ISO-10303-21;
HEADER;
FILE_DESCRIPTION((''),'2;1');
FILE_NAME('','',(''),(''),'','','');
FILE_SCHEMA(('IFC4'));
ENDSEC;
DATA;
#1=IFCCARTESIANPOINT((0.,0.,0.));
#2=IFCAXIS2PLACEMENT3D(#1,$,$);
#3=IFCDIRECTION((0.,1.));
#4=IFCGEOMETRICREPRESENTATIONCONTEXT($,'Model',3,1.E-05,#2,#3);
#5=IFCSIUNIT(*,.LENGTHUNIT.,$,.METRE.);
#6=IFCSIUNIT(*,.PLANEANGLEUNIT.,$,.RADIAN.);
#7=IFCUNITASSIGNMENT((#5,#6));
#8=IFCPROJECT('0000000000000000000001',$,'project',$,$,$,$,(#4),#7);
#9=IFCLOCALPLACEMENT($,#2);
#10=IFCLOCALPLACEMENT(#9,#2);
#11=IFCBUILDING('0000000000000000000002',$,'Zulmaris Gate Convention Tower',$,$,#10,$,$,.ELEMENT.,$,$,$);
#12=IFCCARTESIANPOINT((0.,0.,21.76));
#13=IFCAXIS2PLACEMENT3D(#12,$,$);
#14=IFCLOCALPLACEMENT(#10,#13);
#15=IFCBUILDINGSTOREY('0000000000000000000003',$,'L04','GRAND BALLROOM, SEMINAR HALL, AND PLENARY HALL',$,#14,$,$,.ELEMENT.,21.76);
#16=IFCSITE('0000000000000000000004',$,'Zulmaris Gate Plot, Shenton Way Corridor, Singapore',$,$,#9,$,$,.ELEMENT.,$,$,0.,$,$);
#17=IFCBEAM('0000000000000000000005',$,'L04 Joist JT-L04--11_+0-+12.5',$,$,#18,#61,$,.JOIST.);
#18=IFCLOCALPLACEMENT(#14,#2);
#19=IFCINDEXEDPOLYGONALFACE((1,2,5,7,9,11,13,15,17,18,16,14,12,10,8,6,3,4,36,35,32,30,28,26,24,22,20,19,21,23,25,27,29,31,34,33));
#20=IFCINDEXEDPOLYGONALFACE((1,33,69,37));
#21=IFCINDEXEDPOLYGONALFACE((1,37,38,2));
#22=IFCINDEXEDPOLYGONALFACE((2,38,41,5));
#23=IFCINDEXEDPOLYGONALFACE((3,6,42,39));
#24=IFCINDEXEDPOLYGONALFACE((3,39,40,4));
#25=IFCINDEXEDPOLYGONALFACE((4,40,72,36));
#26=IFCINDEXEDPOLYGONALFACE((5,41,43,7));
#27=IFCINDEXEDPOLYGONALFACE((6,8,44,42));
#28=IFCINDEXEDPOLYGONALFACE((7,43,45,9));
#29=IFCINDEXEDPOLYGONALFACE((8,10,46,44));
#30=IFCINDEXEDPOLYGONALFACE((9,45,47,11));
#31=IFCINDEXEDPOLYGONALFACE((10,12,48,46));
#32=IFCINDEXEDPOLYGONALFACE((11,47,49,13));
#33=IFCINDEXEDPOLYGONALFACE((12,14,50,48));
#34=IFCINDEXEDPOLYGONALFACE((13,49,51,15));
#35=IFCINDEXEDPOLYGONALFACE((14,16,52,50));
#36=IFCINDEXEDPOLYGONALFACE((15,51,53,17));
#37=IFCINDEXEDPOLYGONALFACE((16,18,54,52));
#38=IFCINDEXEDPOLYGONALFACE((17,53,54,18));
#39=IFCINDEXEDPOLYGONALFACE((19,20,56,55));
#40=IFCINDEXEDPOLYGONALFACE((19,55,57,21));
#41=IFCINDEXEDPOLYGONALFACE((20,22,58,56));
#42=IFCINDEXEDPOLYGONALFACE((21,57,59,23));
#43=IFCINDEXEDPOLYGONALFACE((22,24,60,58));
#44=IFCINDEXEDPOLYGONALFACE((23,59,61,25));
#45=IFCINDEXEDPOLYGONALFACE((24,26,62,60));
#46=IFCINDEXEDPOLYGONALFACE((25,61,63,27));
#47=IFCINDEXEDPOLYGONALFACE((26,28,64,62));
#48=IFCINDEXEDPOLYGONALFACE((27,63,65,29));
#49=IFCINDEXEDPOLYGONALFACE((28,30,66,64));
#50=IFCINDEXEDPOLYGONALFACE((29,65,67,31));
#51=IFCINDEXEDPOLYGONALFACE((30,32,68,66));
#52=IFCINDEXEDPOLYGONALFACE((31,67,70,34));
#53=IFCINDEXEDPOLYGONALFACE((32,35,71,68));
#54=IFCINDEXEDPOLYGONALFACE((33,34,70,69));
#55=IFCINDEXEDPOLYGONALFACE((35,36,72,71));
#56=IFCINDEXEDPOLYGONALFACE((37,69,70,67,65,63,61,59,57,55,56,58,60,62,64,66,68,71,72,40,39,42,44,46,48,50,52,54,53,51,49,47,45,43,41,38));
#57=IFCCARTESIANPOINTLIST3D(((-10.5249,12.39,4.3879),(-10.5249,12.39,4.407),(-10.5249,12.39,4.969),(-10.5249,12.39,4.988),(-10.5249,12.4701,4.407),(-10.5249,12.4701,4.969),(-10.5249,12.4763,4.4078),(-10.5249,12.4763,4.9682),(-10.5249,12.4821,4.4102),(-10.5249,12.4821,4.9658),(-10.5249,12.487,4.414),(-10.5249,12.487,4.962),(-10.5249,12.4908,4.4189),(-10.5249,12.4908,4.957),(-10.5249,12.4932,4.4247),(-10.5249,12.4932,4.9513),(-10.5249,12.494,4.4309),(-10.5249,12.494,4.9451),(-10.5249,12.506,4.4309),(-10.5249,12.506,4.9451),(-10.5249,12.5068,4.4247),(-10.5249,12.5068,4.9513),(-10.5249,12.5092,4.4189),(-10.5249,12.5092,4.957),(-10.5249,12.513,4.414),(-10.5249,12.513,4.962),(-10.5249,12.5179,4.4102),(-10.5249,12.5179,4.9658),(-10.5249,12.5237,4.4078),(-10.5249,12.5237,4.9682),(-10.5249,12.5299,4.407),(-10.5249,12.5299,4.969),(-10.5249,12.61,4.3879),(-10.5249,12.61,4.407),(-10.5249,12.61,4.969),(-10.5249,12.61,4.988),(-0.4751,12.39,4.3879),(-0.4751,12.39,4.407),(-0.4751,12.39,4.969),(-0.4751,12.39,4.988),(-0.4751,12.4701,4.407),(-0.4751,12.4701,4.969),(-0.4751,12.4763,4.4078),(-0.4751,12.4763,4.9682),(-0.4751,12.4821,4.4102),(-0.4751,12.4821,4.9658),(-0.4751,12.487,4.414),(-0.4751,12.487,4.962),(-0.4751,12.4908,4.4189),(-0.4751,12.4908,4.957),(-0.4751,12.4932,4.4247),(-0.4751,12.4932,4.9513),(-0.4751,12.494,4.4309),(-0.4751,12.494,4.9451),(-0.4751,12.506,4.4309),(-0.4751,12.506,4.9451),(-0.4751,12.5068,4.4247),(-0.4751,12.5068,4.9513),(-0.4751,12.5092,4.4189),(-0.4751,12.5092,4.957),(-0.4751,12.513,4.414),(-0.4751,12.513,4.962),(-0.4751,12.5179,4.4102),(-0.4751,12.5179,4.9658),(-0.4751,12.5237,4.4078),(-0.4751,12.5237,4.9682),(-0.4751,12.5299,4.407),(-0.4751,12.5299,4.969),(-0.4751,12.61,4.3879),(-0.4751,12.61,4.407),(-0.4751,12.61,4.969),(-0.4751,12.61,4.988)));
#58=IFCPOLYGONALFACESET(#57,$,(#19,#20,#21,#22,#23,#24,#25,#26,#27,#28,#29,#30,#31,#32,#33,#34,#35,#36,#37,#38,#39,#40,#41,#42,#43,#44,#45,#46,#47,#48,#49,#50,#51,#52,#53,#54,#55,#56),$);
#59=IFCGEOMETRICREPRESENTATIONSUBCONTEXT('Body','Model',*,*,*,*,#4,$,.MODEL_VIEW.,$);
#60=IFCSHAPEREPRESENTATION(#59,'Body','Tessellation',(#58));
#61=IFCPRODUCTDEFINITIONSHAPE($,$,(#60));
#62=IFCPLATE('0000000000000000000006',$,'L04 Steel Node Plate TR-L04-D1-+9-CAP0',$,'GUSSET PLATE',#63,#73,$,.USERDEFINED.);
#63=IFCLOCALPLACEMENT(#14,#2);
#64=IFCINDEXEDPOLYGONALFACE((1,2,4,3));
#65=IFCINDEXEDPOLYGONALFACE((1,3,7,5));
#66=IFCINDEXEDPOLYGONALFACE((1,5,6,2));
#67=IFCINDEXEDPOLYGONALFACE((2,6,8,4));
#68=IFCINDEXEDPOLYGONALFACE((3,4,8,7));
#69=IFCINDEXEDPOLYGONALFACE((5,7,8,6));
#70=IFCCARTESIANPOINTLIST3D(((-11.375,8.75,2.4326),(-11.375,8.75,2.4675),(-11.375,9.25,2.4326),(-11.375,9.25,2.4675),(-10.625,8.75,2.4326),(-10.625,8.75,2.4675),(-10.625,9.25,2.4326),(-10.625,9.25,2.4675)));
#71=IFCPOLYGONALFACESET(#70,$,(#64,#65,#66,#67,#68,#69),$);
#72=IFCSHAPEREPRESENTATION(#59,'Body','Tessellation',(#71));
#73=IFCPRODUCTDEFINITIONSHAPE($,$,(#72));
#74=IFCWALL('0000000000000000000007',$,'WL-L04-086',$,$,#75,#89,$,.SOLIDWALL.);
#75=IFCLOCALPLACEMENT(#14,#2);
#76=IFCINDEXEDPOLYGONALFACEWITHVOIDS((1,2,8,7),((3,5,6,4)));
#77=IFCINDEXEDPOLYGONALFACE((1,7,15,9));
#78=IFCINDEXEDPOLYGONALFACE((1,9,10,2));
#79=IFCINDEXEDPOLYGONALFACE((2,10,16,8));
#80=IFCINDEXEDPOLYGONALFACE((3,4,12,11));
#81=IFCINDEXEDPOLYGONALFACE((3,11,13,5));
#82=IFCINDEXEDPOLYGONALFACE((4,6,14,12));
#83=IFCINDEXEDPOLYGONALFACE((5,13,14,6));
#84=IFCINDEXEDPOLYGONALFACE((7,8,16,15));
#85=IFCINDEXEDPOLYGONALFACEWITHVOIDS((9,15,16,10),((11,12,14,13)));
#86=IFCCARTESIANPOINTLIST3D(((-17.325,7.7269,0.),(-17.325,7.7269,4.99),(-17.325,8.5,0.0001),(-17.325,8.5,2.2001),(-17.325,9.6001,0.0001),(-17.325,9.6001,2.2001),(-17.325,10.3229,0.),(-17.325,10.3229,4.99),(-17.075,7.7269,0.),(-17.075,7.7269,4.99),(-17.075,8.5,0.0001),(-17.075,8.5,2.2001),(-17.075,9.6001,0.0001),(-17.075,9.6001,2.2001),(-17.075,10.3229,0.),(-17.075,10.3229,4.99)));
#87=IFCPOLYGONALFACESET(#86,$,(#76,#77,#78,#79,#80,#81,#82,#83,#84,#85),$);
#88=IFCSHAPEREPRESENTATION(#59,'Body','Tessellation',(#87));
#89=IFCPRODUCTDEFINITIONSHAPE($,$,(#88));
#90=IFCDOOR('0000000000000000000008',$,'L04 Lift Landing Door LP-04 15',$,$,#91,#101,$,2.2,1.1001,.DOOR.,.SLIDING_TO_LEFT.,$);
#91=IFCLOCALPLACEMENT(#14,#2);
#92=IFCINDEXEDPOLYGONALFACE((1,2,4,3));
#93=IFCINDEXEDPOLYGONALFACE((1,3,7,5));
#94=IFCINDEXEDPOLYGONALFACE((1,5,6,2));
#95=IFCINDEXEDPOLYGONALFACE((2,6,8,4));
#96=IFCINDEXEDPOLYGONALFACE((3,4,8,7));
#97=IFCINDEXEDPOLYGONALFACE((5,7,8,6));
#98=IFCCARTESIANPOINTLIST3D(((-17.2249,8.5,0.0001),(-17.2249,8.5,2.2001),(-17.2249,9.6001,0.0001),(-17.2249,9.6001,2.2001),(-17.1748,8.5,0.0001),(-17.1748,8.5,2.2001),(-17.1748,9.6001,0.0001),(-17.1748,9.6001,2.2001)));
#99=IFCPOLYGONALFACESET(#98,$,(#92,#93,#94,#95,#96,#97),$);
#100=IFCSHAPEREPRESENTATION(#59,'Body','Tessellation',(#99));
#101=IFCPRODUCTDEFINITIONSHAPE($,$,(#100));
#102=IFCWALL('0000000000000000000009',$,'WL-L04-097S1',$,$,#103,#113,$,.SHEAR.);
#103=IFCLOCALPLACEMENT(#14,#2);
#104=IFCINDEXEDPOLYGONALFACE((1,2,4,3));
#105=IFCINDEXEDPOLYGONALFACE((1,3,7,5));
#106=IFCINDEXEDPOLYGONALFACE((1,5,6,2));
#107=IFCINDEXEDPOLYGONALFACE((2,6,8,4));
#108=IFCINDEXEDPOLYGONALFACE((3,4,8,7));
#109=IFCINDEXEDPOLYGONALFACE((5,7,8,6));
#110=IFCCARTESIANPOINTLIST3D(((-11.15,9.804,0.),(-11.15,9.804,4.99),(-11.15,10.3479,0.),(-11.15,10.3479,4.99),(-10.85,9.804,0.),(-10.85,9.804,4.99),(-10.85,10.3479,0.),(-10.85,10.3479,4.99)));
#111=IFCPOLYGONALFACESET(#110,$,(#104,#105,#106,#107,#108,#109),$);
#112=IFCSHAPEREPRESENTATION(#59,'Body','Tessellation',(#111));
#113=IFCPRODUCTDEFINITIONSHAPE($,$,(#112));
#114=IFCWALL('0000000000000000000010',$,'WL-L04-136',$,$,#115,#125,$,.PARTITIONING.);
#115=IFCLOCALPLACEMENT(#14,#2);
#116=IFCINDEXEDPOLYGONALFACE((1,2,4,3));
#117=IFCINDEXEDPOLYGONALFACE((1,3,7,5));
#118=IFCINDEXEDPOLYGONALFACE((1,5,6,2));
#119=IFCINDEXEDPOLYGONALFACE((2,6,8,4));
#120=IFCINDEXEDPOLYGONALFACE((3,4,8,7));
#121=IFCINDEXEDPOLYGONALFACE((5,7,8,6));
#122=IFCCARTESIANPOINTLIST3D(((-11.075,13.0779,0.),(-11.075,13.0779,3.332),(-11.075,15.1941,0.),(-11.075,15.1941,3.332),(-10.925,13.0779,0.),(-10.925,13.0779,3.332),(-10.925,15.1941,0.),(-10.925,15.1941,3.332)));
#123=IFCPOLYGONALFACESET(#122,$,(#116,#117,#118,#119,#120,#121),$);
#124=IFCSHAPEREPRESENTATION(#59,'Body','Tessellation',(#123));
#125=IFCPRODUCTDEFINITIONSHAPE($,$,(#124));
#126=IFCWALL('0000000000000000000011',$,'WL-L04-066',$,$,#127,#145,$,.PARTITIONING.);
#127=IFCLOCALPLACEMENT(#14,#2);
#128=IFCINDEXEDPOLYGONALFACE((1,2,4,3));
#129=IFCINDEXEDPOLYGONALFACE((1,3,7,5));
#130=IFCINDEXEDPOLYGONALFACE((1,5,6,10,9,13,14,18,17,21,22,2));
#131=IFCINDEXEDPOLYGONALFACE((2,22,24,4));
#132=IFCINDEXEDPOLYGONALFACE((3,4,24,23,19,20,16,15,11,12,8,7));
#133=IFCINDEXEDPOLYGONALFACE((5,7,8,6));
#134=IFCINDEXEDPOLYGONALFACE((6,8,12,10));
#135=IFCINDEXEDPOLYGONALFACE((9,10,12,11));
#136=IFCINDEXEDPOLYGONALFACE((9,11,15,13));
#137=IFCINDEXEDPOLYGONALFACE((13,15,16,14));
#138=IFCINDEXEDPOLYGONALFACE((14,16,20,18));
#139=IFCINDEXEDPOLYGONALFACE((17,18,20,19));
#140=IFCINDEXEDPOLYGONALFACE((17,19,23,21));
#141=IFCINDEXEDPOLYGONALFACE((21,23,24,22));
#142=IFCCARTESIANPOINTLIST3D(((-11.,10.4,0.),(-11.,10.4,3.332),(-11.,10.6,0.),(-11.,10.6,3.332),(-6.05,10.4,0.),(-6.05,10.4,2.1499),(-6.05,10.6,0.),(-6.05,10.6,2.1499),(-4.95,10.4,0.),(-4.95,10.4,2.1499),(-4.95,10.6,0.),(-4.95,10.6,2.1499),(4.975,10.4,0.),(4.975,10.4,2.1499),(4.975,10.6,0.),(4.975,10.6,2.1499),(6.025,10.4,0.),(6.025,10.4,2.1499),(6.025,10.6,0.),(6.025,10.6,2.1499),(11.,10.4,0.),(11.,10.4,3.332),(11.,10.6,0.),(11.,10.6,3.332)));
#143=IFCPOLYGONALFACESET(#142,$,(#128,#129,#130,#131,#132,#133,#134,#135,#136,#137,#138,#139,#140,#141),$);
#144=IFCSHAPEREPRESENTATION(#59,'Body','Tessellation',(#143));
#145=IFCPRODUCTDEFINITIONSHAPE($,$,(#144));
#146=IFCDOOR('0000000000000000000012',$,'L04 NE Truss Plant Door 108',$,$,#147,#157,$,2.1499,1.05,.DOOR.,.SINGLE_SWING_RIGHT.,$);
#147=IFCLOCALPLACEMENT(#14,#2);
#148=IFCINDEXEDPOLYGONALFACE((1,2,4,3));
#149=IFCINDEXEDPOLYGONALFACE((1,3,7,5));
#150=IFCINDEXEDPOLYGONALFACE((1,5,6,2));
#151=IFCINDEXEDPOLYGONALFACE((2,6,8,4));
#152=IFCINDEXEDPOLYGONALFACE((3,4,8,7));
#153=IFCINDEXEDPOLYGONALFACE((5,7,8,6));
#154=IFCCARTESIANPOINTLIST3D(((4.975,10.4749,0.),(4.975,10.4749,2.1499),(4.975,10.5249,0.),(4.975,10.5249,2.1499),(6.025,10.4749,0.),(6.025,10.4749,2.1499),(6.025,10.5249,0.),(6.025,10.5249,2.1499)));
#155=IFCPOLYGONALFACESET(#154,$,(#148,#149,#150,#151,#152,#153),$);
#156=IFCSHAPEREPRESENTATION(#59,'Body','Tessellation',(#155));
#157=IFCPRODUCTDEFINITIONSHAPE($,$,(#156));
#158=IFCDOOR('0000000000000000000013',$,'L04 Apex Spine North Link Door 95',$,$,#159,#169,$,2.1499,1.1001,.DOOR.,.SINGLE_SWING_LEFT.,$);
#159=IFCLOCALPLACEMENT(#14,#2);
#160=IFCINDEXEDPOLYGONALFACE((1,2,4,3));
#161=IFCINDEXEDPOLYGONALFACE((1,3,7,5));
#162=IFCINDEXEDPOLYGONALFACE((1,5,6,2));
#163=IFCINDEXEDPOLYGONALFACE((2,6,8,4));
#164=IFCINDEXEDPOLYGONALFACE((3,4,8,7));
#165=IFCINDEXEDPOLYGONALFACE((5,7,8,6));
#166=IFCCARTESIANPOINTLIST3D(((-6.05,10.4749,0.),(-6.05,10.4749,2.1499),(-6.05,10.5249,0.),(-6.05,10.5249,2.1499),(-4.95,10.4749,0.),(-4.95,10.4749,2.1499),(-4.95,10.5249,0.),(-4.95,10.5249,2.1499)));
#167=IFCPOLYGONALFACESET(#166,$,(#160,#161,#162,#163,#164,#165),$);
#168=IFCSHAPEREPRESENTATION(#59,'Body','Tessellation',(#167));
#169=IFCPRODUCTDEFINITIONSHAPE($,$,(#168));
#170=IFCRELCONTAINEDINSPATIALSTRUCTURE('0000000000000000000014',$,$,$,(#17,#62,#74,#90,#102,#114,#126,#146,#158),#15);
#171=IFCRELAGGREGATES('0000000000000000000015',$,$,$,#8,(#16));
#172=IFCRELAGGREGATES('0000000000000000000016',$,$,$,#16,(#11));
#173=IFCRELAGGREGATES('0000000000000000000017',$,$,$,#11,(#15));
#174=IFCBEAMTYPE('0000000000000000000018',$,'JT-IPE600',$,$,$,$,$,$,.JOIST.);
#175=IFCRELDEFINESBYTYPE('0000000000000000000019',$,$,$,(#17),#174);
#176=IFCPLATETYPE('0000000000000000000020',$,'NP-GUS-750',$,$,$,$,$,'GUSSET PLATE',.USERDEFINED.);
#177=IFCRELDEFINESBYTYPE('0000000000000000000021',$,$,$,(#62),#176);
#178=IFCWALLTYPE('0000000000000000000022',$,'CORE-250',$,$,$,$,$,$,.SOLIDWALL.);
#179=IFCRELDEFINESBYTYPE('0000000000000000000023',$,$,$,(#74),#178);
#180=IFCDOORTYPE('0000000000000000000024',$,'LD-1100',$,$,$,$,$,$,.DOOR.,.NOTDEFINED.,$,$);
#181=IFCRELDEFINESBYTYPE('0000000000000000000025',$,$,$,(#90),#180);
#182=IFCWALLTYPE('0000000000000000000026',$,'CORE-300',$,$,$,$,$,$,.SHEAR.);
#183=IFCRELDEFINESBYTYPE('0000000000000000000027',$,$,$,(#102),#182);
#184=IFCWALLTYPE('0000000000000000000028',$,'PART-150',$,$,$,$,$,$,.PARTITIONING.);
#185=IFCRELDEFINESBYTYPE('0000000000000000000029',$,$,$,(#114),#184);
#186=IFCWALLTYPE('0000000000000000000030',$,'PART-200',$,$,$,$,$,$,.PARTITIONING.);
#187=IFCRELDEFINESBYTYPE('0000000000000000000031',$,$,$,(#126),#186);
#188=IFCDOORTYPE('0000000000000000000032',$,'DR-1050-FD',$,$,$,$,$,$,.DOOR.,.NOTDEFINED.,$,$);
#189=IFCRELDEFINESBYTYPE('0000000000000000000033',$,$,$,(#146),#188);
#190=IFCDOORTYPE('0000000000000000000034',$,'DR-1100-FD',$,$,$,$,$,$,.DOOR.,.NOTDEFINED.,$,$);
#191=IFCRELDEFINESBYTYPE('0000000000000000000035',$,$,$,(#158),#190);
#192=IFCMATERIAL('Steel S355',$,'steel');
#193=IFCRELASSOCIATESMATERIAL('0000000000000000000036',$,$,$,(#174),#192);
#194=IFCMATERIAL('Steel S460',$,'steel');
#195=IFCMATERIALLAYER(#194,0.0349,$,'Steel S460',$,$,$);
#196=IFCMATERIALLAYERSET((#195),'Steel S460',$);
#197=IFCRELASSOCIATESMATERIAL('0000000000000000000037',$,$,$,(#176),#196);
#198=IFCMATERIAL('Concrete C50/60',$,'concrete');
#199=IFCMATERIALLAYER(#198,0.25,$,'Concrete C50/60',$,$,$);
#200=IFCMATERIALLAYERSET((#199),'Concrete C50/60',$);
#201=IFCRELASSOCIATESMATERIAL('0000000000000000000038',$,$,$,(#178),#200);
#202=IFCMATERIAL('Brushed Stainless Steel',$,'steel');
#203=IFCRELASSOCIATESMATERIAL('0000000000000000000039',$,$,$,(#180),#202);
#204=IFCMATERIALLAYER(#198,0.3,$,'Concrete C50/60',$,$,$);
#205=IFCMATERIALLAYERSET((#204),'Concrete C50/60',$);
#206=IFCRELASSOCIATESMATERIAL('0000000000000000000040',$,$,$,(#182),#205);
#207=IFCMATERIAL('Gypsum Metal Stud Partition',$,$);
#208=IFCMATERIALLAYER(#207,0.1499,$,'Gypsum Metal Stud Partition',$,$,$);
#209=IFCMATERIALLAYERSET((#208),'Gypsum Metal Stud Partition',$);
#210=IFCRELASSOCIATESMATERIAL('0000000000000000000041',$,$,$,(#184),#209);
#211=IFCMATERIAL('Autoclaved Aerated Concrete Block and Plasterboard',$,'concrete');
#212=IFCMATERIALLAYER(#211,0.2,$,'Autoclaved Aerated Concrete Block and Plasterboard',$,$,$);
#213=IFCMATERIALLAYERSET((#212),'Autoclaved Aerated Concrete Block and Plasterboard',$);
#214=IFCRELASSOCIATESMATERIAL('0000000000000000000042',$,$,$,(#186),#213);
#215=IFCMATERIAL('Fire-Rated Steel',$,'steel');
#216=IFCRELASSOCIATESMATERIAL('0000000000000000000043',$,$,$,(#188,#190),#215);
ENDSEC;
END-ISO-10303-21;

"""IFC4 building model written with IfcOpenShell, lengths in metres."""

from ifc_helpers import new_model, si_unit, direction, frame, frame_2d, origin, origin_2d, place, context, subcontext, project, spatial, rectangle, i_section, extrude, material, layer, layer_set, material_profile, profile_set, type_object, element, fill, save


model = new_model("IFC4")

# Units and contexts
model_context = context("Model", 3, precision=1e-05, world=origin(), true_north=direction((0.0, 1.0)))
body_context = subcontext(model_context, "Body", "Model", "MODEL_VIEW")
ifc_project = project(units=[si_unit("LENGTHUNIT", "METRE"), si_unit("PLANEANGLEUNIT", "RADIAN")], contexts=[model_context])

# Site, building, storey
site_placement = place(None, origin())
site = spatial("IfcSite", under=ifc_project, at=site_placement, Name="Zulmaris Gate Plot, Shenton Way Corridor, Singapore", CompositionType="ELEMENT", RefElevation=0.0)
building_placement = place(site_placement, origin())
building = spatial("IfcBuilding", under=site, at=building_placement, Name="Zulmaris Gate Convention Tower", CompositionType="ELEMENT")
storey_placement = place(building_placement, frame((0.0, 0.0, 21.76)))
storey = spatial("IfcBuildingStorey", under=building, at=storey_placement, Name="L04", Description="GRAND BALLROOM, SEMINAR HALL, AND PLENARY HALL", CompositionType="ELEMENT", Elevation=21.76)

# Shared definitions
ifc_material_1 = material(Name="Steel S460", Category="steel")

# Beam
ifc_material_2 = material(Name="Steel S355", Category="steel")
ifc_material_profile_1 = material_profile(ifc_material_2, i_section(OverallWidth=0.22, OverallDepth=0.6001, WebThickness=0.012, FlangeThickness=0.019, FilletRadius=0.0239, at=origin_2d()), Name="IPE 600")
ifc_profile_set_1 = profile_set([ifc_material_profile_1], Name="Steel S355")
beam_type_1 = type_object("IfcBeamType", Name="JT-IPE600", PredefinedType="JOIST", material=ifc_profile_set_1)
beam_1_placement = place(storey_placement, frame((-10.5249, 12.5, 4.688), z_axis=(1.0, 0.0, 0.0), x_axis=(0.0, 1.0, 0.0)))
element("IfcBeam", 1, at=beam_1_placement, inside=storey, type_object=beam_type_1, Name="L04 Joist JT-L04--11_+0-+12.5", PredefinedType="JOIST", context=body_context, shape_type="SweptSolid", body=[
    extrude(i_section(OverallWidth=0.22, OverallDepth=0.6001, WebThickness=0.012, FlangeThickness=0.019, FilletRadius=0.0239, at=origin_2d()), origin(), (0.0, 0.0, 1.0), 10.0498),
])

# Plate
ifc_layer_1 = layer(ifc_material_1, 0.0349, Name="Steel S460")
ifc_layer_set_1 = layer_set([ifc_layer_1], Name="Steel S460")
plate_type = type_object("IfcPlateType", Name="NP-GUS-750", ElementType="GUSSET PLATE", PredefinedType="USERDEFINED", material=ifc_layer_set_1)
plate_placement = place(storey_placement, frame((-11.0, 9.0, 2.4326), z_axis=(0.0, 0.0, 1.0), x_axis=(1.0, 0.0, 0.0)))
element("IfcPlate", 2, at=plate_placement, inside=storey, type_object=plate_type, Name="L04 Steel Node Plate TR-L04-D1-+9-CAP0", ObjectType="GUSSET PLATE", PredefinedType="USERDEFINED", context=body_context, shape_type="SweptSolid", body=[
    extrude(rectangle(XDim=0.75, YDim=0.5, at=origin_2d()), origin(), (0.0, 0.0, 1.0), 0.0349),
])

# Wall, opening, door
ifc_material_3 = material(Name="Concrete C50/60", Category="concrete")
ifc_layer_2 = layer(ifc_material_3, 0.25, Name="Concrete C50/60")
ifc_layer_set_2 = layer_set([ifc_layer_2], Name="Concrete C50/60")
wall_type_1 = type_object("IfcWallType", Name="CORE-250", PredefinedType="SOLIDWALL", material=ifc_layer_set_2)
wall_1_placement = place(storey_placement, frame((-17.2, 7.7271, 0.0), z_axis=(0.0, 0.0, 1.0), x_axis=(0.0, 1.0, 0.0)))
wall_1 = element("IfcWall", 3, at=wall_1_placement, inside=storey, type_object=wall_type_1, Name="WL-L04-086", PredefinedType="SOLIDWALL", context=body_context, shape_type="SweptSolid", body=[
    extrude(rectangle(XDim=2.5959, YDim=0.25, at=frame_2d((1.2979, 0.0))), origin(), (0.0, 0.0, 1.0), 4.99),
])
opening_1_placement = place(wall_1_placement, frame((0.7729, 0.0, 0.0)))
opening_1 = element("IfcOpeningElement", 4, at=opening_1_placement, cuts=wall_1, PredefinedType="OPENING", context=body_context, shape_type="SweptSolid", body=[
    extrude(rectangle(XDim=1.1001, YDim=2.2, at=frame_2d((0.55, 1.1001))), frame((0.0, 0.135, 0.0), z_axis=(0.0, -1.0, 0.0), x_axis=(1.0, 0.0, 0.0)), (0.0, 0.0, 1.0), 0.27),
])
ifc_material_4 = material(Name="Brushed Stainless Steel", Category="steel")
door_type_1 = type_object("IfcDoorType", Name="LD-1100", OperationType="NOTDEFINED", PredefinedType="DOOR", material=ifc_material_4)
door_1_placement = place(opening_1_placement, origin())
door_1 = element("IfcDoor", 5, at=door_1_placement, inside=storey, type_object=door_type_1, Name="L04 Lift Landing Door LP-04 15", OperationType="SLIDING_TO_LEFT", OverallHeight=2.2, OverallWidth=1.1001, PredefinedType="DOOR", context=body_context, shape_type="SweptSolid", body=[
    extrude(rectangle(XDim=1.1001, YDim=2.2, at=frame_2d((0.55, 1.1001))), frame((0.0, 0.0249, 0.0), z_axis=(0.0, -1.0, 0.0), x_axis=(1.0, 0.0, 0.0)), (0.0, 0.0, 1.0), 0.05),
])
fill(opening_1, door_1)
ifc_layer_3 = layer(ifc_material_3, 0.3, Name="Concrete C50/60")
ifc_layer_set_3 = layer_set([ifc_layer_3], Name="Concrete C50/60")
wall_type_2 = type_object("IfcWallType", Name="CORE-300", PredefinedType="SHEAR", material=ifc_layer_set_3)

# Walls
wall_2_placement = place(storey_placement, frame((-11.0, 9.804, 0.0), z_axis=(0.0, 0.0, 1.0), x_axis=(0.0, 1.0, 0.0)))
element("IfcWall", 6, at=wall_2_placement, inside=storey, type_object=wall_type_2, Name="WL-L04-097S1", PredefinedType="SHEAR", context=body_context, shape_type="SweptSolid", body=[
    extrude(rectangle(XDim=0.5439, YDim=0.3, at=frame_2d((0.272, 0.0))), origin(), (0.0, 0.0, 1.0), 4.99),
])
ifc_material_5 = material(Name="Gypsum Metal Stud Partition")
ifc_layer_4 = layer(ifc_material_5, 0.1499, Name="Gypsum Metal Stud Partition")
ifc_layer_set_4 = layer_set([ifc_layer_4], Name="Gypsum Metal Stud Partition")
wall_type_3 = type_object("IfcWallType", Name="PART-150", PredefinedType="PARTITIONING", material=ifc_layer_set_4)
wall_3_placement = place(storey_placement, frame((-11.0, 13.0779, 0.0), z_axis=(0.0, 0.0, 1.0), x_axis=(0.0, 1.0, 0.0)))
element("IfcWall", 7, at=wall_3_placement, inside=storey, type_object=wall_type_3, Name="WL-L04-136", PredefinedType="PARTITIONING", context=body_context, shape_type="SweptSolid", body=[
    extrude(rectangle(XDim=2.1162, YDim=0.1499, at=frame_2d((1.0581, 0.0))), origin(), (0.0, 0.0, 1.0), 3.332),
])

# Wall, openings, doors
ifc_material_6 = material(Name="Autoclaved Aerated Concrete Block and Plasterboard", Category="concrete")
ifc_layer_5 = layer(ifc_material_6, 0.2, Name="Autoclaved Aerated Concrete Block and Plasterboard")
ifc_layer_set_5 = layer_set([ifc_layer_5], Name="Autoclaved Aerated Concrete Block and Plasterboard")
wall_type_4 = type_object("IfcWallType", Name="PART-200", PredefinedType="PARTITIONING", material=ifc_layer_set_5)
wall_4_placement = place(storey_placement, frame((-11.0, 10.5, 0.0), z_axis=(0.0, 0.0, 1.0), x_axis=(1.0, 0.0, 0.0)))
wall_4 = element("IfcWall", 8, at=wall_4_placement, inside=storey, type_object=wall_type_4, Name="WL-L04-066", PredefinedType="PARTITIONING", context=body_context, shape_type="SweptSolid", body=[
    extrude(rectangle(XDim=22.0, YDim=0.2, at=frame_2d((11.0, 0.0))), origin(), (0.0, 0.0, 1.0), 3.332),
])
opening_2_placement = place(wall_4_placement, frame((4.95, 0.0, 0.0)))
opening_2 = element("IfcOpeningElement", 9, at=opening_2_placement, cuts=wall_4, PredefinedType="OPENING", context=body_context, shape_type="SweptSolid", body=[
    extrude(rectangle(XDim=1.1001, YDim=2.1499, at=frame_2d((0.55, 1.075))), frame((0.0, 0.1099, 0.0), z_axis=(0.0, -1.0, 0.0), x_axis=(1.0, 0.0, 0.0)), (0.0, 0.0, 1.0), 0.22),
])
opening_3_placement = place(wall_4_placement, frame((15.9751, 0.0, 0.0)))
opening_3 = element("IfcOpeningElement", 10, at=opening_3_placement, cuts=wall_4, PredefinedType="OPENING", context=body_context, shape_type="SweptSolid", body=[
    extrude(rectangle(XDim=1.05, YDim=2.1499, at=frame_2d((0.5249, 1.075))), frame((0.0, 0.1099, 0.0), z_axis=(0.0, -1.0, 0.0), x_axis=(1.0, 0.0, 0.0)), (0.0, 0.0, 1.0), 0.22),
])
ifc_material_7 = material(Name="Fire-Rated Steel", Category="steel")
door_type_2 = type_object("IfcDoorType", Name="DR-1050-FD", OperationType="NOTDEFINED", PredefinedType="DOOR", material=ifc_material_7)
door_2_placement = place(opening_3_placement, origin())
door_2 = element("IfcDoor", 11, at=door_2_placement, inside=storey, type_object=door_type_2, Name="L04 NE Truss Plant Door 108", OperationType="SINGLE_SWING_RIGHT", OverallHeight=2.1499, OverallWidth=1.05, PredefinedType="DOOR", context=body_context, shape_type="SweptSolid", body=[
    extrude(rectangle(XDim=1.05, YDim=2.1499, at=frame_2d((0.5249, 1.075))), frame((0.0, 0.0249, 0.0), z_axis=(0.0, -1.0, 0.0), x_axis=(1.0, 0.0, 0.0)), (0.0, 0.0, 1.0), 0.05),
])
fill(opening_3, door_2)
door_type_3 = type_object("IfcDoorType", Name="DR-1100-FD", OperationType="NOTDEFINED", PredefinedType="DOOR", material=ifc_material_7)
door_3_placement = place(opening_2_placement, origin())
door_3 = element("IfcDoor", 12, at=door_3_placement, inside=storey, type_object=door_type_3, Name="L04 Apex Spine North Link Door 95", OperationType="SINGLE_SWING_LEFT", OverallHeight=2.1499, OverallWidth=1.1001, PredefinedType="DOOR", context=body_context, shape_type="SweptSolid", body=[
    extrude(rectangle(XDim=1.1001, YDim=2.1499, at=frame_2d((0.55, 1.075))), frame((0.0, 0.0249, 0.0), z_axis=(0.0, -1.0, 0.0), x_axis=(1.0, 0.0, 0.0)), (0.0, 0.0, 1.0), 0.05),
])
fill(opening_2, door_3)

save(model, "model.ifc")
